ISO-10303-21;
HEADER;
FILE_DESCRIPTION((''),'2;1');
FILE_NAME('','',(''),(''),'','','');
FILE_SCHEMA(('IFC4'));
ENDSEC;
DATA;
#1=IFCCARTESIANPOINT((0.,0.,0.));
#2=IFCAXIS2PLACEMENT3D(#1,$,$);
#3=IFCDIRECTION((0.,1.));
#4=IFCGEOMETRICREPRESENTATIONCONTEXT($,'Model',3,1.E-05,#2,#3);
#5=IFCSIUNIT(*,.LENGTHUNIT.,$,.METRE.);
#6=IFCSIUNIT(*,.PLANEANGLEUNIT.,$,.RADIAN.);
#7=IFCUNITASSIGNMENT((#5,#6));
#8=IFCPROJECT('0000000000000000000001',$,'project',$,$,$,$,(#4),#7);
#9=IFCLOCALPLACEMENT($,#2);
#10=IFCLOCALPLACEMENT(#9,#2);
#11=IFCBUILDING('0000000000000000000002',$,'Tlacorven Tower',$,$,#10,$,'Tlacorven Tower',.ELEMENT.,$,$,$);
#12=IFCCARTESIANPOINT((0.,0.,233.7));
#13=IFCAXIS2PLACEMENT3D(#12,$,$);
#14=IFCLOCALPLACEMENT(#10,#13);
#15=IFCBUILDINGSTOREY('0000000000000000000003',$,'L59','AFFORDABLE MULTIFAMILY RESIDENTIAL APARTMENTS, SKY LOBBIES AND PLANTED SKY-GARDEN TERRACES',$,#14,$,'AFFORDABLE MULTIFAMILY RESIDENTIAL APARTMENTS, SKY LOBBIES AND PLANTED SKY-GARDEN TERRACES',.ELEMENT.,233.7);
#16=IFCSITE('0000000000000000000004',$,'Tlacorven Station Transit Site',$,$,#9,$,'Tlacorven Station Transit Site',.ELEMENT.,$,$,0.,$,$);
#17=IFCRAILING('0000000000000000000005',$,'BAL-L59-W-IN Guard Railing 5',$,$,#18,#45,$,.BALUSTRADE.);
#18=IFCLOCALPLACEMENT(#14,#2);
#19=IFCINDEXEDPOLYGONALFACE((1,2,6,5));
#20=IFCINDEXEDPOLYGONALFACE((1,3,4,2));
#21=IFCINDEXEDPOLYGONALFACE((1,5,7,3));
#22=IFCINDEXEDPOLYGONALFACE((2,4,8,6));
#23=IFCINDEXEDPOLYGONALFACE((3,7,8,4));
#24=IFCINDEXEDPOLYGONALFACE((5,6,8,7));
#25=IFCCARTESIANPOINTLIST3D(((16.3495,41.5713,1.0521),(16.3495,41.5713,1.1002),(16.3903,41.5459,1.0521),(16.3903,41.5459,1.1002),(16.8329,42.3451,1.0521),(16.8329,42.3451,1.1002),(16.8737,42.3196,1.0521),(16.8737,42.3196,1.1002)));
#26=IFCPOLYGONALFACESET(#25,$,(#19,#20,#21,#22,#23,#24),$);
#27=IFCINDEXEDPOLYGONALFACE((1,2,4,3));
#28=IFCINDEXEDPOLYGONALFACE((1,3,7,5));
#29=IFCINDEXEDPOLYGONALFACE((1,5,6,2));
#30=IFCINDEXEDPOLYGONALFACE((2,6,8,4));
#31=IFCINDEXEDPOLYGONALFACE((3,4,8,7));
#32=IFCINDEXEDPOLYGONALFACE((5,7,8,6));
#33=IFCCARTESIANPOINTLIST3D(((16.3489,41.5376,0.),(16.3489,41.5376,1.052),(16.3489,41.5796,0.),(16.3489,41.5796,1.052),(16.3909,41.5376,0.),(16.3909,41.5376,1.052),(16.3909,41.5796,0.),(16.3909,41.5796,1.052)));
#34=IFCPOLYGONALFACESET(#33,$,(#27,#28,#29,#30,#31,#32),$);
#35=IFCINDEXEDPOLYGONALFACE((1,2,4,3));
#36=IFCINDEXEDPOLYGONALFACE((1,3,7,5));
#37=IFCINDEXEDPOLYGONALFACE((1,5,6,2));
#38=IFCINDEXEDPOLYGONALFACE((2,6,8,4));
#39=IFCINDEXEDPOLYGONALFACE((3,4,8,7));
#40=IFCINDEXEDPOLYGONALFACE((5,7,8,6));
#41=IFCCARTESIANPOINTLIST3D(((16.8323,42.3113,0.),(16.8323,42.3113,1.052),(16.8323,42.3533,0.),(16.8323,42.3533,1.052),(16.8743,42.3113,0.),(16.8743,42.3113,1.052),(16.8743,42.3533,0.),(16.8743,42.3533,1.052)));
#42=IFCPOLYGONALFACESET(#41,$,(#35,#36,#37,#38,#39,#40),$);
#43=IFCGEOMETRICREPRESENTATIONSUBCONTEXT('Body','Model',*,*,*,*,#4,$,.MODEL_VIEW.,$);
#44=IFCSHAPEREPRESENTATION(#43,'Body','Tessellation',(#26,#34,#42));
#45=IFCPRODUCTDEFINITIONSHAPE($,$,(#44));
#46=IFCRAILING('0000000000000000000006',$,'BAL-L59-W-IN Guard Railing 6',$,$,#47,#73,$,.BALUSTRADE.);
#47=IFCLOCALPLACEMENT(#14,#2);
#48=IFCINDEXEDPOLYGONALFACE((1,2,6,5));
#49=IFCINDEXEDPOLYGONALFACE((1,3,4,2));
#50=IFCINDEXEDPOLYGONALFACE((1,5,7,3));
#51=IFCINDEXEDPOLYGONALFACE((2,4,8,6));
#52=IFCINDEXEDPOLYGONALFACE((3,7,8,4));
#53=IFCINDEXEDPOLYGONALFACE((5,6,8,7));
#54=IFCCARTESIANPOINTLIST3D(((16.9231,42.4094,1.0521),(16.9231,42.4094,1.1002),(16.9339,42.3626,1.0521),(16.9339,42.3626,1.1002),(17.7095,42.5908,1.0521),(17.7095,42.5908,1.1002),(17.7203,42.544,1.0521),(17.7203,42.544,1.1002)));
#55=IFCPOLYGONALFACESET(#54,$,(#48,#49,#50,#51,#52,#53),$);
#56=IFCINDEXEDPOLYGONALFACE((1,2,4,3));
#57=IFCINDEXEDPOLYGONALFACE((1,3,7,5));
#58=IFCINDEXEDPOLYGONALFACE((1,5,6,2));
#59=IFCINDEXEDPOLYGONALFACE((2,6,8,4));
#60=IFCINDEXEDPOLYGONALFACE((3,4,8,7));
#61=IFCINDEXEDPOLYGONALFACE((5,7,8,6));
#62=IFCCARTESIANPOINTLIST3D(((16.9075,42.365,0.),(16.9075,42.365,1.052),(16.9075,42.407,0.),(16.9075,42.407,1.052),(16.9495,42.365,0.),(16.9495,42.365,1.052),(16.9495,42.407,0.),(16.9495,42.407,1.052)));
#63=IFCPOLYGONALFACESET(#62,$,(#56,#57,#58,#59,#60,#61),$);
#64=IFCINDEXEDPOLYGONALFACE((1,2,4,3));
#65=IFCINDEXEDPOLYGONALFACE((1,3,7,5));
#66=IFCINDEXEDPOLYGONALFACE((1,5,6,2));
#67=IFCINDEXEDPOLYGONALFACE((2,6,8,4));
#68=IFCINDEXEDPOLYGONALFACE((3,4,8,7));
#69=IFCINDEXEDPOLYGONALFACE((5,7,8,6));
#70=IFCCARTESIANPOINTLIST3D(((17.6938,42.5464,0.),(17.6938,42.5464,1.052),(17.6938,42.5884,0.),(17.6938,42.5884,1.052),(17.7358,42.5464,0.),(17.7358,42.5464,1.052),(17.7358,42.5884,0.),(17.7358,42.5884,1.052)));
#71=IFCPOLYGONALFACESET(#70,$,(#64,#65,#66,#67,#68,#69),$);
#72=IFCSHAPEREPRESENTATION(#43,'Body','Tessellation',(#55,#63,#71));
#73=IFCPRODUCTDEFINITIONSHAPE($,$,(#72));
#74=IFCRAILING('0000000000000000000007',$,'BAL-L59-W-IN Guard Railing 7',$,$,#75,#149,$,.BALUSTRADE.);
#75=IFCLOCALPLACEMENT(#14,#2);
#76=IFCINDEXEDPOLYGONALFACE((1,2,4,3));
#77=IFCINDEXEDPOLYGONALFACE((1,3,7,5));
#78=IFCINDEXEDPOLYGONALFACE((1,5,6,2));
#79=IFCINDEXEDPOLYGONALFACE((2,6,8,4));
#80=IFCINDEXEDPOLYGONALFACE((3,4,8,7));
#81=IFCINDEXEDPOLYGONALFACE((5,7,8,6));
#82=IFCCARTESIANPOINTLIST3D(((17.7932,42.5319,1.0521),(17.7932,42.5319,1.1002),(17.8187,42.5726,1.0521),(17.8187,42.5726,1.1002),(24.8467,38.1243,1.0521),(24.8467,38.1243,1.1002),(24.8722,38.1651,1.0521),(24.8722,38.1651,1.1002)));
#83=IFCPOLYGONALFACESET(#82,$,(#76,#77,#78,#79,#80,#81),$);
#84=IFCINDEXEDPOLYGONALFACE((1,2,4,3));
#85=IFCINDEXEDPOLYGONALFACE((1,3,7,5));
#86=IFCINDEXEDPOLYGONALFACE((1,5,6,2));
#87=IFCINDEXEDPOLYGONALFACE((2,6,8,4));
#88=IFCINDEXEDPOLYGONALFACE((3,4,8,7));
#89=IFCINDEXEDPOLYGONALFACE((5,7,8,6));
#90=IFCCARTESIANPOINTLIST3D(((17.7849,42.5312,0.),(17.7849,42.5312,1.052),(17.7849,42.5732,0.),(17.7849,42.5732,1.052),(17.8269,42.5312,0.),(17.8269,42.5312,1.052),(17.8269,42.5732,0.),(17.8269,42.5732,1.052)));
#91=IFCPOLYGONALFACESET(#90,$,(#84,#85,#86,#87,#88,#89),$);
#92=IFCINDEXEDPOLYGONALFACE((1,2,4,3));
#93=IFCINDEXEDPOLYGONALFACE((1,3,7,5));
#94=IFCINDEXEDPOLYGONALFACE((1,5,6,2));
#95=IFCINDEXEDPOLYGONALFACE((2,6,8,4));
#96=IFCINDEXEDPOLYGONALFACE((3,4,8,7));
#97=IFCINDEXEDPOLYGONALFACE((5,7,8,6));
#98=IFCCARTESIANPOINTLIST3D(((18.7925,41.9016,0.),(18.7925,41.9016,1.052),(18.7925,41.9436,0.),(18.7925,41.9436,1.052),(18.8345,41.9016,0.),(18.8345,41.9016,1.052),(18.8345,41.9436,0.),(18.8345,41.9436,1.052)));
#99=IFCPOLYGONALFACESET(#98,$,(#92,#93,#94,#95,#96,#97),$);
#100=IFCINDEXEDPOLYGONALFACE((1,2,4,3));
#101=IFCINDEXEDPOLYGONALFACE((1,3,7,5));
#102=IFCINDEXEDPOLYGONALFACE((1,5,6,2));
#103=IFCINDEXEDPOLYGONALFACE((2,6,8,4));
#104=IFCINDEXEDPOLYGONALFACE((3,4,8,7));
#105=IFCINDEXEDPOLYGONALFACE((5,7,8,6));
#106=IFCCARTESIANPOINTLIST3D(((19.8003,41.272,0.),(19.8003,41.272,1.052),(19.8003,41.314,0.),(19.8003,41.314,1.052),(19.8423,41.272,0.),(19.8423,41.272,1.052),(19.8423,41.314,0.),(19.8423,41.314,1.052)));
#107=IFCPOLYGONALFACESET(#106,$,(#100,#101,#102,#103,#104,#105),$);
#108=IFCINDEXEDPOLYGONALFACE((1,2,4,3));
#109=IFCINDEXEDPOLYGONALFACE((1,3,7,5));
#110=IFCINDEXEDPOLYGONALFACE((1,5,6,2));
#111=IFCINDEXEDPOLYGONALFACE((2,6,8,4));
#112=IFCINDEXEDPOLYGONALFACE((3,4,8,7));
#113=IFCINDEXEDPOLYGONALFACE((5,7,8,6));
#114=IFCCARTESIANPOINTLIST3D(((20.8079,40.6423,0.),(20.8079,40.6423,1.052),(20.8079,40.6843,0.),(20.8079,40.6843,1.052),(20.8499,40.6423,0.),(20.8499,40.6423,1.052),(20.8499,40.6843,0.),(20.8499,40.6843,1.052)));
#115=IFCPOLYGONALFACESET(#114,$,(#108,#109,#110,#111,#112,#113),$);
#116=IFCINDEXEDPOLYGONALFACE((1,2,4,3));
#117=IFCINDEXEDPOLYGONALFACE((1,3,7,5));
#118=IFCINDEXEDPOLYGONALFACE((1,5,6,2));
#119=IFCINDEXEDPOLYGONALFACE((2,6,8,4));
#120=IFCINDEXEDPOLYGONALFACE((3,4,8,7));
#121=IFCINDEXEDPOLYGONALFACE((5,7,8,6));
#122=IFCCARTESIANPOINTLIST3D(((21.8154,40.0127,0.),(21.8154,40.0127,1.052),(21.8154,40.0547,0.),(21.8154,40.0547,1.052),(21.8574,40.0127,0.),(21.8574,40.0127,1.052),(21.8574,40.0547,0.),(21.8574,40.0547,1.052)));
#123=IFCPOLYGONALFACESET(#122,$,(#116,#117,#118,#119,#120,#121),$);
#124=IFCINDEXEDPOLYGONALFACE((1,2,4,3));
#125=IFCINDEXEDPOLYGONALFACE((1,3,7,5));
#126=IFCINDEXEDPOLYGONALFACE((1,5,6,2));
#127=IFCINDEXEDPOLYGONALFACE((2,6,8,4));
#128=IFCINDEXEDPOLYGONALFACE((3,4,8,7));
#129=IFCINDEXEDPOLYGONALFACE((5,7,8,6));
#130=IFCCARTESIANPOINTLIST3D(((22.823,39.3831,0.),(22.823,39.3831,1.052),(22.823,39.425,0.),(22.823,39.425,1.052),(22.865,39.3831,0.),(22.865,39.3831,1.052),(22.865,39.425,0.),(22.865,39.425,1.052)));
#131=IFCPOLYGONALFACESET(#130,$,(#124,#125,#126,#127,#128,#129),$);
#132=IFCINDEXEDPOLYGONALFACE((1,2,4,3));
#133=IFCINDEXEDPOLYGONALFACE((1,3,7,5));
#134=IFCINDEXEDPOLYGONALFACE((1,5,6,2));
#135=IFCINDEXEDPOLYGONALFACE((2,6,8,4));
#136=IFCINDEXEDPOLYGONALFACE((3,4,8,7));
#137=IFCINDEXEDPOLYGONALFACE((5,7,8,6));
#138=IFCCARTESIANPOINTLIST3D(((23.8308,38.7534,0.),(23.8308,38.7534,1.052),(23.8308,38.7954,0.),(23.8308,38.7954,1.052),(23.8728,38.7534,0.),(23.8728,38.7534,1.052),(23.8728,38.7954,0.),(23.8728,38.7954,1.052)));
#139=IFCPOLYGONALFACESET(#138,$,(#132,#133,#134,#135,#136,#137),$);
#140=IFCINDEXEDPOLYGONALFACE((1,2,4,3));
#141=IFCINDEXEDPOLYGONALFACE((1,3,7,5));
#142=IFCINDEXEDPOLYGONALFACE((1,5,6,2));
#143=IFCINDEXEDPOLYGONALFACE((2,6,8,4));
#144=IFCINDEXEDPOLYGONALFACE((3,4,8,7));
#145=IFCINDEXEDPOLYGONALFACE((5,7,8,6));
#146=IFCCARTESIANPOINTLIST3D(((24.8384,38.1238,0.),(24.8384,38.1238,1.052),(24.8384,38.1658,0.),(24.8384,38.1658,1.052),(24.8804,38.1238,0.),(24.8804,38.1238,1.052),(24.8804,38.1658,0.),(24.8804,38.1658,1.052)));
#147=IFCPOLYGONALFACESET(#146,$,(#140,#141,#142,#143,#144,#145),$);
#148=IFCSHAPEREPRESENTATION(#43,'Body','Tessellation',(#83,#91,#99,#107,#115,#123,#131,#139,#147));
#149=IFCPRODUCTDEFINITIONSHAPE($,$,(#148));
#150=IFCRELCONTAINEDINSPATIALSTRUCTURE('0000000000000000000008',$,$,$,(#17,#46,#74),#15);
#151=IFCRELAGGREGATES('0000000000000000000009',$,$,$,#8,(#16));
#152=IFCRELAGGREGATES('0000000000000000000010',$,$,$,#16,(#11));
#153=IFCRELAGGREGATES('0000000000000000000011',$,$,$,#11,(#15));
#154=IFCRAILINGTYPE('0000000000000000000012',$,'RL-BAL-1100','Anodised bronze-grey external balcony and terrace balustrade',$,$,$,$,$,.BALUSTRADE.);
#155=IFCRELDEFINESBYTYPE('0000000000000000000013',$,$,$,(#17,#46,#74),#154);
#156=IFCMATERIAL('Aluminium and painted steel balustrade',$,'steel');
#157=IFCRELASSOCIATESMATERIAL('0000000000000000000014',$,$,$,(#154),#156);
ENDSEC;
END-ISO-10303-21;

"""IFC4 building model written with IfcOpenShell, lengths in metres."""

from ifc_helpers import new_model, si_unit, direction, frame, origin, origin_2d, place, context, subcontext, project, spatial, rectangle, extrude, source, transform, mapped, material, type_object, element, save


model = new_model("IFC4")

# Units and contexts
model_context = context("Model", 3, precision=1e-05, world=origin(), true_north=direction((0.0, 1.0)))
body_context = subcontext(model_context, "Body", "Model", "MODEL_VIEW")
ifc_project = project(units=[si_unit("LENGTHUNIT", "METRE"), si_unit("PLANEANGLEUNIT", "RADIAN")], contexts=[model_context])

# Site, building, storey
site_placement = place(None, origin())
site = spatial("IfcSite", under=ifc_project, at=site_placement, Name="Tlacorven Station Transit Site", LongName="Tlacorven Station Transit Site", CompositionType="ELEMENT", RefElevation=0.0)
building_placement = place(site_placement, origin())
building = spatial("IfcBuilding", under=site, at=building_placement, Name="Tlacorven Tower", LongName="Tlacorven Tower", CompositionType="ELEMENT")
storey_placement = place(building_placement, frame((0.0, 0.0, 233.7)))
storey = spatial("IfcBuildingStorey", under=building, at=storey_placement, Name="L59", Description="AFFORDABLE MULTIFAMILY RESIDENTIAL APARTMENTS, SKY LOBBIES AND PLANTED SKY-GARDEN TERRACES", LongName="AFFORDABLE MULTIFAMILY RESIDENTIAL APARTMENTS, SKY LOBBIES AND PLANTED SKY-GARDEN TERRACES", CompositionType="ELEMENT", Elevation=233.7)

# Railings
ifc_material_1 = material(Name="Aluminium and painted steel balustrade", Category="steel")
railing_type = type_object("IfcRailingType", Name="RL-BAL-1100", Description="Anodised bronze-grey external balcony and terrace balustrade", PredefinedType="BALUSTRADE", material=ifc_material_1)
shared_shape_1 = source(origin(), body_context, "Body", "SweptSolid", [
    extrude(rectangle(XDim=0.0481, YDim=0.0481, at=origin_2d()), frame((0.0, 0.0, 1.0762), z_axis=(0.529879, 0.848073, 0.0), x_axis=(-0.848073, 0.529879, 0.0)), (0.0, 0.0, 1.0), 0.9124),
    extrude(rectangle(XDim=0.042, YDim=0.042, at=origin_2d()), origin(), (0.0, 0.0, 1.0), 1.052),
    extrude(rectangle(XDim=0.042, YDim=0.042, at=origin_2d()), frame((0.4834, 0.7737, 0.0)), (0.0, 0.0, 1.0), 1.052),
])
railing_1_placement = place(storey_placement, frame((16.3699, 41.5586, 0.0)))
element("IfcRailing", 1, at=railing_1_placement, inside=storey, type_object=railing_type, Name="BAL-L59-W-IN Guard Railing 5", PredefinedType="BALUSTRADE", context=body_context, shape_type="MappedRepresentation", body=[
    mapped(shared_shape_1, transform((0.0, 0.0, 0.0), scale=1.0)),
])
shared_shape_2 = source(origin(), body_context, "Body", "SweptSolid", [
    extrude(rectangle(XDim=0.0481, YDim=0.0481, at=origin_2d()), frame((0.0, 0.0, 1.0762), z_axis=(0.974412, 0.224771, 0.0), x_axis=(-0.224771, 0.974412, 0.0)), (0.0, 0.0, 1.0), 0.8071),
    extrude(rectangle(XDim=0.042, YDim=0.042, at=origin_2d()), origin(), (0.0, 0.0, 1.0), 1.052),
    extrude(rectangle(XDim=0.042, YDim=0.042, at=origin_2d()), frame((0.7864, 0.1814, 0.0)), (0.0, 0.0, 1.0), 1.052),
])
railing_2_placement = place(storey_placement, frame((16.9285, 42.386, 0.0)))
element("IfcRailing", 2, at=railing_2_placement, inside=storey, type_object=railing_type, Name="BAL-L59-W-IN Guard Railing 6", PredefinedType="BALUSTRADE", context=body_context, shape_type="MappedRepresentation", body=[
    mapped(shared_shape_2, transform((0.0, 0.0, 0.0), scale=1.0)),
])
shared_shape_3 = source(origin(), body_context, "Body", "SweptSolid", [
    extrude(rectangle(XDim=0.0481, YDim=0.0481, at=origin_2d()), frame((0.0, 0.0, 1.0762), z_axis=(0.848049, -0.529917, 0.0), x_axis=(0.529917, 0.848049, 0.0)), (0.0, 0.0, 1.0), 8.3174),
    extrude(rectangle(XDim=0.042, YDim=0.042, at=origin_2d()), origin(), (0.0, 0.0, 1.0), 1.052),
    extrude(rectangle(XDim=0.042, YDim=0.042, at=origin_2d()), frame((1.0076, -0.6296, 0.0)), (0.0, 0.0, 1.0), 1.052),
    extrude(rectangle(XDim=0.042, YDim=0.042, at=origin_2d()), frame((2.0154, -1.2593, 0.0)), (0.0, 0.0, 1.0), 1.052),
    extrude(rectangle(XDim=0.042, YDim=0.042, at=origin_2d()), frame((3.0229, -1.8889, 0.0)), (0.0, 0.0, 1.0), 1.052),
    extrude(rectangle(XDim=0.042, YDim=0.042, at=origin_2d()), frame((4.0305, -2.5186, 0.0)), (0.0, 0.0, 1.0), 1.052),
    extrude(rectangle(XDim=0.042, YDim=0.042, at=origin_2d()), frame((5.0381, -3.1482, 0.0)), (0.0, 0.0, 1.0), 1.052),
    extrude(rectangle(XDim=0.042, YDim=0.042, at=origin_2d()), frame((6.0459, -3.7778, 0.0)), (0.0, 0.0, 1.0), 1.052),
    extrude(rectangle(XDim=0.042, YDim=0.042, at=origin_2d()), frame((7.0535, -4.4075, 0.0)), (0.0, 0.0, 1.0), 1.052),
])
railing_3_placement = place(storey_placement, frame((17.8059, 42.5522, 0.0)))
element("IfcRailing", 3, at=railing_3_placement, inside=storey, type_object=railing_type, Name="BAL-L59-W-IN Guard Railing 7", PredefinedType="BALUSTRADE", context=body_context, shape_type="MappedRepresentation", body=[
    mapped(shared_shape_3, transform((0.0, 0.0, 0.0), scale=1.0)),
])

save(model, "model.ifc")
